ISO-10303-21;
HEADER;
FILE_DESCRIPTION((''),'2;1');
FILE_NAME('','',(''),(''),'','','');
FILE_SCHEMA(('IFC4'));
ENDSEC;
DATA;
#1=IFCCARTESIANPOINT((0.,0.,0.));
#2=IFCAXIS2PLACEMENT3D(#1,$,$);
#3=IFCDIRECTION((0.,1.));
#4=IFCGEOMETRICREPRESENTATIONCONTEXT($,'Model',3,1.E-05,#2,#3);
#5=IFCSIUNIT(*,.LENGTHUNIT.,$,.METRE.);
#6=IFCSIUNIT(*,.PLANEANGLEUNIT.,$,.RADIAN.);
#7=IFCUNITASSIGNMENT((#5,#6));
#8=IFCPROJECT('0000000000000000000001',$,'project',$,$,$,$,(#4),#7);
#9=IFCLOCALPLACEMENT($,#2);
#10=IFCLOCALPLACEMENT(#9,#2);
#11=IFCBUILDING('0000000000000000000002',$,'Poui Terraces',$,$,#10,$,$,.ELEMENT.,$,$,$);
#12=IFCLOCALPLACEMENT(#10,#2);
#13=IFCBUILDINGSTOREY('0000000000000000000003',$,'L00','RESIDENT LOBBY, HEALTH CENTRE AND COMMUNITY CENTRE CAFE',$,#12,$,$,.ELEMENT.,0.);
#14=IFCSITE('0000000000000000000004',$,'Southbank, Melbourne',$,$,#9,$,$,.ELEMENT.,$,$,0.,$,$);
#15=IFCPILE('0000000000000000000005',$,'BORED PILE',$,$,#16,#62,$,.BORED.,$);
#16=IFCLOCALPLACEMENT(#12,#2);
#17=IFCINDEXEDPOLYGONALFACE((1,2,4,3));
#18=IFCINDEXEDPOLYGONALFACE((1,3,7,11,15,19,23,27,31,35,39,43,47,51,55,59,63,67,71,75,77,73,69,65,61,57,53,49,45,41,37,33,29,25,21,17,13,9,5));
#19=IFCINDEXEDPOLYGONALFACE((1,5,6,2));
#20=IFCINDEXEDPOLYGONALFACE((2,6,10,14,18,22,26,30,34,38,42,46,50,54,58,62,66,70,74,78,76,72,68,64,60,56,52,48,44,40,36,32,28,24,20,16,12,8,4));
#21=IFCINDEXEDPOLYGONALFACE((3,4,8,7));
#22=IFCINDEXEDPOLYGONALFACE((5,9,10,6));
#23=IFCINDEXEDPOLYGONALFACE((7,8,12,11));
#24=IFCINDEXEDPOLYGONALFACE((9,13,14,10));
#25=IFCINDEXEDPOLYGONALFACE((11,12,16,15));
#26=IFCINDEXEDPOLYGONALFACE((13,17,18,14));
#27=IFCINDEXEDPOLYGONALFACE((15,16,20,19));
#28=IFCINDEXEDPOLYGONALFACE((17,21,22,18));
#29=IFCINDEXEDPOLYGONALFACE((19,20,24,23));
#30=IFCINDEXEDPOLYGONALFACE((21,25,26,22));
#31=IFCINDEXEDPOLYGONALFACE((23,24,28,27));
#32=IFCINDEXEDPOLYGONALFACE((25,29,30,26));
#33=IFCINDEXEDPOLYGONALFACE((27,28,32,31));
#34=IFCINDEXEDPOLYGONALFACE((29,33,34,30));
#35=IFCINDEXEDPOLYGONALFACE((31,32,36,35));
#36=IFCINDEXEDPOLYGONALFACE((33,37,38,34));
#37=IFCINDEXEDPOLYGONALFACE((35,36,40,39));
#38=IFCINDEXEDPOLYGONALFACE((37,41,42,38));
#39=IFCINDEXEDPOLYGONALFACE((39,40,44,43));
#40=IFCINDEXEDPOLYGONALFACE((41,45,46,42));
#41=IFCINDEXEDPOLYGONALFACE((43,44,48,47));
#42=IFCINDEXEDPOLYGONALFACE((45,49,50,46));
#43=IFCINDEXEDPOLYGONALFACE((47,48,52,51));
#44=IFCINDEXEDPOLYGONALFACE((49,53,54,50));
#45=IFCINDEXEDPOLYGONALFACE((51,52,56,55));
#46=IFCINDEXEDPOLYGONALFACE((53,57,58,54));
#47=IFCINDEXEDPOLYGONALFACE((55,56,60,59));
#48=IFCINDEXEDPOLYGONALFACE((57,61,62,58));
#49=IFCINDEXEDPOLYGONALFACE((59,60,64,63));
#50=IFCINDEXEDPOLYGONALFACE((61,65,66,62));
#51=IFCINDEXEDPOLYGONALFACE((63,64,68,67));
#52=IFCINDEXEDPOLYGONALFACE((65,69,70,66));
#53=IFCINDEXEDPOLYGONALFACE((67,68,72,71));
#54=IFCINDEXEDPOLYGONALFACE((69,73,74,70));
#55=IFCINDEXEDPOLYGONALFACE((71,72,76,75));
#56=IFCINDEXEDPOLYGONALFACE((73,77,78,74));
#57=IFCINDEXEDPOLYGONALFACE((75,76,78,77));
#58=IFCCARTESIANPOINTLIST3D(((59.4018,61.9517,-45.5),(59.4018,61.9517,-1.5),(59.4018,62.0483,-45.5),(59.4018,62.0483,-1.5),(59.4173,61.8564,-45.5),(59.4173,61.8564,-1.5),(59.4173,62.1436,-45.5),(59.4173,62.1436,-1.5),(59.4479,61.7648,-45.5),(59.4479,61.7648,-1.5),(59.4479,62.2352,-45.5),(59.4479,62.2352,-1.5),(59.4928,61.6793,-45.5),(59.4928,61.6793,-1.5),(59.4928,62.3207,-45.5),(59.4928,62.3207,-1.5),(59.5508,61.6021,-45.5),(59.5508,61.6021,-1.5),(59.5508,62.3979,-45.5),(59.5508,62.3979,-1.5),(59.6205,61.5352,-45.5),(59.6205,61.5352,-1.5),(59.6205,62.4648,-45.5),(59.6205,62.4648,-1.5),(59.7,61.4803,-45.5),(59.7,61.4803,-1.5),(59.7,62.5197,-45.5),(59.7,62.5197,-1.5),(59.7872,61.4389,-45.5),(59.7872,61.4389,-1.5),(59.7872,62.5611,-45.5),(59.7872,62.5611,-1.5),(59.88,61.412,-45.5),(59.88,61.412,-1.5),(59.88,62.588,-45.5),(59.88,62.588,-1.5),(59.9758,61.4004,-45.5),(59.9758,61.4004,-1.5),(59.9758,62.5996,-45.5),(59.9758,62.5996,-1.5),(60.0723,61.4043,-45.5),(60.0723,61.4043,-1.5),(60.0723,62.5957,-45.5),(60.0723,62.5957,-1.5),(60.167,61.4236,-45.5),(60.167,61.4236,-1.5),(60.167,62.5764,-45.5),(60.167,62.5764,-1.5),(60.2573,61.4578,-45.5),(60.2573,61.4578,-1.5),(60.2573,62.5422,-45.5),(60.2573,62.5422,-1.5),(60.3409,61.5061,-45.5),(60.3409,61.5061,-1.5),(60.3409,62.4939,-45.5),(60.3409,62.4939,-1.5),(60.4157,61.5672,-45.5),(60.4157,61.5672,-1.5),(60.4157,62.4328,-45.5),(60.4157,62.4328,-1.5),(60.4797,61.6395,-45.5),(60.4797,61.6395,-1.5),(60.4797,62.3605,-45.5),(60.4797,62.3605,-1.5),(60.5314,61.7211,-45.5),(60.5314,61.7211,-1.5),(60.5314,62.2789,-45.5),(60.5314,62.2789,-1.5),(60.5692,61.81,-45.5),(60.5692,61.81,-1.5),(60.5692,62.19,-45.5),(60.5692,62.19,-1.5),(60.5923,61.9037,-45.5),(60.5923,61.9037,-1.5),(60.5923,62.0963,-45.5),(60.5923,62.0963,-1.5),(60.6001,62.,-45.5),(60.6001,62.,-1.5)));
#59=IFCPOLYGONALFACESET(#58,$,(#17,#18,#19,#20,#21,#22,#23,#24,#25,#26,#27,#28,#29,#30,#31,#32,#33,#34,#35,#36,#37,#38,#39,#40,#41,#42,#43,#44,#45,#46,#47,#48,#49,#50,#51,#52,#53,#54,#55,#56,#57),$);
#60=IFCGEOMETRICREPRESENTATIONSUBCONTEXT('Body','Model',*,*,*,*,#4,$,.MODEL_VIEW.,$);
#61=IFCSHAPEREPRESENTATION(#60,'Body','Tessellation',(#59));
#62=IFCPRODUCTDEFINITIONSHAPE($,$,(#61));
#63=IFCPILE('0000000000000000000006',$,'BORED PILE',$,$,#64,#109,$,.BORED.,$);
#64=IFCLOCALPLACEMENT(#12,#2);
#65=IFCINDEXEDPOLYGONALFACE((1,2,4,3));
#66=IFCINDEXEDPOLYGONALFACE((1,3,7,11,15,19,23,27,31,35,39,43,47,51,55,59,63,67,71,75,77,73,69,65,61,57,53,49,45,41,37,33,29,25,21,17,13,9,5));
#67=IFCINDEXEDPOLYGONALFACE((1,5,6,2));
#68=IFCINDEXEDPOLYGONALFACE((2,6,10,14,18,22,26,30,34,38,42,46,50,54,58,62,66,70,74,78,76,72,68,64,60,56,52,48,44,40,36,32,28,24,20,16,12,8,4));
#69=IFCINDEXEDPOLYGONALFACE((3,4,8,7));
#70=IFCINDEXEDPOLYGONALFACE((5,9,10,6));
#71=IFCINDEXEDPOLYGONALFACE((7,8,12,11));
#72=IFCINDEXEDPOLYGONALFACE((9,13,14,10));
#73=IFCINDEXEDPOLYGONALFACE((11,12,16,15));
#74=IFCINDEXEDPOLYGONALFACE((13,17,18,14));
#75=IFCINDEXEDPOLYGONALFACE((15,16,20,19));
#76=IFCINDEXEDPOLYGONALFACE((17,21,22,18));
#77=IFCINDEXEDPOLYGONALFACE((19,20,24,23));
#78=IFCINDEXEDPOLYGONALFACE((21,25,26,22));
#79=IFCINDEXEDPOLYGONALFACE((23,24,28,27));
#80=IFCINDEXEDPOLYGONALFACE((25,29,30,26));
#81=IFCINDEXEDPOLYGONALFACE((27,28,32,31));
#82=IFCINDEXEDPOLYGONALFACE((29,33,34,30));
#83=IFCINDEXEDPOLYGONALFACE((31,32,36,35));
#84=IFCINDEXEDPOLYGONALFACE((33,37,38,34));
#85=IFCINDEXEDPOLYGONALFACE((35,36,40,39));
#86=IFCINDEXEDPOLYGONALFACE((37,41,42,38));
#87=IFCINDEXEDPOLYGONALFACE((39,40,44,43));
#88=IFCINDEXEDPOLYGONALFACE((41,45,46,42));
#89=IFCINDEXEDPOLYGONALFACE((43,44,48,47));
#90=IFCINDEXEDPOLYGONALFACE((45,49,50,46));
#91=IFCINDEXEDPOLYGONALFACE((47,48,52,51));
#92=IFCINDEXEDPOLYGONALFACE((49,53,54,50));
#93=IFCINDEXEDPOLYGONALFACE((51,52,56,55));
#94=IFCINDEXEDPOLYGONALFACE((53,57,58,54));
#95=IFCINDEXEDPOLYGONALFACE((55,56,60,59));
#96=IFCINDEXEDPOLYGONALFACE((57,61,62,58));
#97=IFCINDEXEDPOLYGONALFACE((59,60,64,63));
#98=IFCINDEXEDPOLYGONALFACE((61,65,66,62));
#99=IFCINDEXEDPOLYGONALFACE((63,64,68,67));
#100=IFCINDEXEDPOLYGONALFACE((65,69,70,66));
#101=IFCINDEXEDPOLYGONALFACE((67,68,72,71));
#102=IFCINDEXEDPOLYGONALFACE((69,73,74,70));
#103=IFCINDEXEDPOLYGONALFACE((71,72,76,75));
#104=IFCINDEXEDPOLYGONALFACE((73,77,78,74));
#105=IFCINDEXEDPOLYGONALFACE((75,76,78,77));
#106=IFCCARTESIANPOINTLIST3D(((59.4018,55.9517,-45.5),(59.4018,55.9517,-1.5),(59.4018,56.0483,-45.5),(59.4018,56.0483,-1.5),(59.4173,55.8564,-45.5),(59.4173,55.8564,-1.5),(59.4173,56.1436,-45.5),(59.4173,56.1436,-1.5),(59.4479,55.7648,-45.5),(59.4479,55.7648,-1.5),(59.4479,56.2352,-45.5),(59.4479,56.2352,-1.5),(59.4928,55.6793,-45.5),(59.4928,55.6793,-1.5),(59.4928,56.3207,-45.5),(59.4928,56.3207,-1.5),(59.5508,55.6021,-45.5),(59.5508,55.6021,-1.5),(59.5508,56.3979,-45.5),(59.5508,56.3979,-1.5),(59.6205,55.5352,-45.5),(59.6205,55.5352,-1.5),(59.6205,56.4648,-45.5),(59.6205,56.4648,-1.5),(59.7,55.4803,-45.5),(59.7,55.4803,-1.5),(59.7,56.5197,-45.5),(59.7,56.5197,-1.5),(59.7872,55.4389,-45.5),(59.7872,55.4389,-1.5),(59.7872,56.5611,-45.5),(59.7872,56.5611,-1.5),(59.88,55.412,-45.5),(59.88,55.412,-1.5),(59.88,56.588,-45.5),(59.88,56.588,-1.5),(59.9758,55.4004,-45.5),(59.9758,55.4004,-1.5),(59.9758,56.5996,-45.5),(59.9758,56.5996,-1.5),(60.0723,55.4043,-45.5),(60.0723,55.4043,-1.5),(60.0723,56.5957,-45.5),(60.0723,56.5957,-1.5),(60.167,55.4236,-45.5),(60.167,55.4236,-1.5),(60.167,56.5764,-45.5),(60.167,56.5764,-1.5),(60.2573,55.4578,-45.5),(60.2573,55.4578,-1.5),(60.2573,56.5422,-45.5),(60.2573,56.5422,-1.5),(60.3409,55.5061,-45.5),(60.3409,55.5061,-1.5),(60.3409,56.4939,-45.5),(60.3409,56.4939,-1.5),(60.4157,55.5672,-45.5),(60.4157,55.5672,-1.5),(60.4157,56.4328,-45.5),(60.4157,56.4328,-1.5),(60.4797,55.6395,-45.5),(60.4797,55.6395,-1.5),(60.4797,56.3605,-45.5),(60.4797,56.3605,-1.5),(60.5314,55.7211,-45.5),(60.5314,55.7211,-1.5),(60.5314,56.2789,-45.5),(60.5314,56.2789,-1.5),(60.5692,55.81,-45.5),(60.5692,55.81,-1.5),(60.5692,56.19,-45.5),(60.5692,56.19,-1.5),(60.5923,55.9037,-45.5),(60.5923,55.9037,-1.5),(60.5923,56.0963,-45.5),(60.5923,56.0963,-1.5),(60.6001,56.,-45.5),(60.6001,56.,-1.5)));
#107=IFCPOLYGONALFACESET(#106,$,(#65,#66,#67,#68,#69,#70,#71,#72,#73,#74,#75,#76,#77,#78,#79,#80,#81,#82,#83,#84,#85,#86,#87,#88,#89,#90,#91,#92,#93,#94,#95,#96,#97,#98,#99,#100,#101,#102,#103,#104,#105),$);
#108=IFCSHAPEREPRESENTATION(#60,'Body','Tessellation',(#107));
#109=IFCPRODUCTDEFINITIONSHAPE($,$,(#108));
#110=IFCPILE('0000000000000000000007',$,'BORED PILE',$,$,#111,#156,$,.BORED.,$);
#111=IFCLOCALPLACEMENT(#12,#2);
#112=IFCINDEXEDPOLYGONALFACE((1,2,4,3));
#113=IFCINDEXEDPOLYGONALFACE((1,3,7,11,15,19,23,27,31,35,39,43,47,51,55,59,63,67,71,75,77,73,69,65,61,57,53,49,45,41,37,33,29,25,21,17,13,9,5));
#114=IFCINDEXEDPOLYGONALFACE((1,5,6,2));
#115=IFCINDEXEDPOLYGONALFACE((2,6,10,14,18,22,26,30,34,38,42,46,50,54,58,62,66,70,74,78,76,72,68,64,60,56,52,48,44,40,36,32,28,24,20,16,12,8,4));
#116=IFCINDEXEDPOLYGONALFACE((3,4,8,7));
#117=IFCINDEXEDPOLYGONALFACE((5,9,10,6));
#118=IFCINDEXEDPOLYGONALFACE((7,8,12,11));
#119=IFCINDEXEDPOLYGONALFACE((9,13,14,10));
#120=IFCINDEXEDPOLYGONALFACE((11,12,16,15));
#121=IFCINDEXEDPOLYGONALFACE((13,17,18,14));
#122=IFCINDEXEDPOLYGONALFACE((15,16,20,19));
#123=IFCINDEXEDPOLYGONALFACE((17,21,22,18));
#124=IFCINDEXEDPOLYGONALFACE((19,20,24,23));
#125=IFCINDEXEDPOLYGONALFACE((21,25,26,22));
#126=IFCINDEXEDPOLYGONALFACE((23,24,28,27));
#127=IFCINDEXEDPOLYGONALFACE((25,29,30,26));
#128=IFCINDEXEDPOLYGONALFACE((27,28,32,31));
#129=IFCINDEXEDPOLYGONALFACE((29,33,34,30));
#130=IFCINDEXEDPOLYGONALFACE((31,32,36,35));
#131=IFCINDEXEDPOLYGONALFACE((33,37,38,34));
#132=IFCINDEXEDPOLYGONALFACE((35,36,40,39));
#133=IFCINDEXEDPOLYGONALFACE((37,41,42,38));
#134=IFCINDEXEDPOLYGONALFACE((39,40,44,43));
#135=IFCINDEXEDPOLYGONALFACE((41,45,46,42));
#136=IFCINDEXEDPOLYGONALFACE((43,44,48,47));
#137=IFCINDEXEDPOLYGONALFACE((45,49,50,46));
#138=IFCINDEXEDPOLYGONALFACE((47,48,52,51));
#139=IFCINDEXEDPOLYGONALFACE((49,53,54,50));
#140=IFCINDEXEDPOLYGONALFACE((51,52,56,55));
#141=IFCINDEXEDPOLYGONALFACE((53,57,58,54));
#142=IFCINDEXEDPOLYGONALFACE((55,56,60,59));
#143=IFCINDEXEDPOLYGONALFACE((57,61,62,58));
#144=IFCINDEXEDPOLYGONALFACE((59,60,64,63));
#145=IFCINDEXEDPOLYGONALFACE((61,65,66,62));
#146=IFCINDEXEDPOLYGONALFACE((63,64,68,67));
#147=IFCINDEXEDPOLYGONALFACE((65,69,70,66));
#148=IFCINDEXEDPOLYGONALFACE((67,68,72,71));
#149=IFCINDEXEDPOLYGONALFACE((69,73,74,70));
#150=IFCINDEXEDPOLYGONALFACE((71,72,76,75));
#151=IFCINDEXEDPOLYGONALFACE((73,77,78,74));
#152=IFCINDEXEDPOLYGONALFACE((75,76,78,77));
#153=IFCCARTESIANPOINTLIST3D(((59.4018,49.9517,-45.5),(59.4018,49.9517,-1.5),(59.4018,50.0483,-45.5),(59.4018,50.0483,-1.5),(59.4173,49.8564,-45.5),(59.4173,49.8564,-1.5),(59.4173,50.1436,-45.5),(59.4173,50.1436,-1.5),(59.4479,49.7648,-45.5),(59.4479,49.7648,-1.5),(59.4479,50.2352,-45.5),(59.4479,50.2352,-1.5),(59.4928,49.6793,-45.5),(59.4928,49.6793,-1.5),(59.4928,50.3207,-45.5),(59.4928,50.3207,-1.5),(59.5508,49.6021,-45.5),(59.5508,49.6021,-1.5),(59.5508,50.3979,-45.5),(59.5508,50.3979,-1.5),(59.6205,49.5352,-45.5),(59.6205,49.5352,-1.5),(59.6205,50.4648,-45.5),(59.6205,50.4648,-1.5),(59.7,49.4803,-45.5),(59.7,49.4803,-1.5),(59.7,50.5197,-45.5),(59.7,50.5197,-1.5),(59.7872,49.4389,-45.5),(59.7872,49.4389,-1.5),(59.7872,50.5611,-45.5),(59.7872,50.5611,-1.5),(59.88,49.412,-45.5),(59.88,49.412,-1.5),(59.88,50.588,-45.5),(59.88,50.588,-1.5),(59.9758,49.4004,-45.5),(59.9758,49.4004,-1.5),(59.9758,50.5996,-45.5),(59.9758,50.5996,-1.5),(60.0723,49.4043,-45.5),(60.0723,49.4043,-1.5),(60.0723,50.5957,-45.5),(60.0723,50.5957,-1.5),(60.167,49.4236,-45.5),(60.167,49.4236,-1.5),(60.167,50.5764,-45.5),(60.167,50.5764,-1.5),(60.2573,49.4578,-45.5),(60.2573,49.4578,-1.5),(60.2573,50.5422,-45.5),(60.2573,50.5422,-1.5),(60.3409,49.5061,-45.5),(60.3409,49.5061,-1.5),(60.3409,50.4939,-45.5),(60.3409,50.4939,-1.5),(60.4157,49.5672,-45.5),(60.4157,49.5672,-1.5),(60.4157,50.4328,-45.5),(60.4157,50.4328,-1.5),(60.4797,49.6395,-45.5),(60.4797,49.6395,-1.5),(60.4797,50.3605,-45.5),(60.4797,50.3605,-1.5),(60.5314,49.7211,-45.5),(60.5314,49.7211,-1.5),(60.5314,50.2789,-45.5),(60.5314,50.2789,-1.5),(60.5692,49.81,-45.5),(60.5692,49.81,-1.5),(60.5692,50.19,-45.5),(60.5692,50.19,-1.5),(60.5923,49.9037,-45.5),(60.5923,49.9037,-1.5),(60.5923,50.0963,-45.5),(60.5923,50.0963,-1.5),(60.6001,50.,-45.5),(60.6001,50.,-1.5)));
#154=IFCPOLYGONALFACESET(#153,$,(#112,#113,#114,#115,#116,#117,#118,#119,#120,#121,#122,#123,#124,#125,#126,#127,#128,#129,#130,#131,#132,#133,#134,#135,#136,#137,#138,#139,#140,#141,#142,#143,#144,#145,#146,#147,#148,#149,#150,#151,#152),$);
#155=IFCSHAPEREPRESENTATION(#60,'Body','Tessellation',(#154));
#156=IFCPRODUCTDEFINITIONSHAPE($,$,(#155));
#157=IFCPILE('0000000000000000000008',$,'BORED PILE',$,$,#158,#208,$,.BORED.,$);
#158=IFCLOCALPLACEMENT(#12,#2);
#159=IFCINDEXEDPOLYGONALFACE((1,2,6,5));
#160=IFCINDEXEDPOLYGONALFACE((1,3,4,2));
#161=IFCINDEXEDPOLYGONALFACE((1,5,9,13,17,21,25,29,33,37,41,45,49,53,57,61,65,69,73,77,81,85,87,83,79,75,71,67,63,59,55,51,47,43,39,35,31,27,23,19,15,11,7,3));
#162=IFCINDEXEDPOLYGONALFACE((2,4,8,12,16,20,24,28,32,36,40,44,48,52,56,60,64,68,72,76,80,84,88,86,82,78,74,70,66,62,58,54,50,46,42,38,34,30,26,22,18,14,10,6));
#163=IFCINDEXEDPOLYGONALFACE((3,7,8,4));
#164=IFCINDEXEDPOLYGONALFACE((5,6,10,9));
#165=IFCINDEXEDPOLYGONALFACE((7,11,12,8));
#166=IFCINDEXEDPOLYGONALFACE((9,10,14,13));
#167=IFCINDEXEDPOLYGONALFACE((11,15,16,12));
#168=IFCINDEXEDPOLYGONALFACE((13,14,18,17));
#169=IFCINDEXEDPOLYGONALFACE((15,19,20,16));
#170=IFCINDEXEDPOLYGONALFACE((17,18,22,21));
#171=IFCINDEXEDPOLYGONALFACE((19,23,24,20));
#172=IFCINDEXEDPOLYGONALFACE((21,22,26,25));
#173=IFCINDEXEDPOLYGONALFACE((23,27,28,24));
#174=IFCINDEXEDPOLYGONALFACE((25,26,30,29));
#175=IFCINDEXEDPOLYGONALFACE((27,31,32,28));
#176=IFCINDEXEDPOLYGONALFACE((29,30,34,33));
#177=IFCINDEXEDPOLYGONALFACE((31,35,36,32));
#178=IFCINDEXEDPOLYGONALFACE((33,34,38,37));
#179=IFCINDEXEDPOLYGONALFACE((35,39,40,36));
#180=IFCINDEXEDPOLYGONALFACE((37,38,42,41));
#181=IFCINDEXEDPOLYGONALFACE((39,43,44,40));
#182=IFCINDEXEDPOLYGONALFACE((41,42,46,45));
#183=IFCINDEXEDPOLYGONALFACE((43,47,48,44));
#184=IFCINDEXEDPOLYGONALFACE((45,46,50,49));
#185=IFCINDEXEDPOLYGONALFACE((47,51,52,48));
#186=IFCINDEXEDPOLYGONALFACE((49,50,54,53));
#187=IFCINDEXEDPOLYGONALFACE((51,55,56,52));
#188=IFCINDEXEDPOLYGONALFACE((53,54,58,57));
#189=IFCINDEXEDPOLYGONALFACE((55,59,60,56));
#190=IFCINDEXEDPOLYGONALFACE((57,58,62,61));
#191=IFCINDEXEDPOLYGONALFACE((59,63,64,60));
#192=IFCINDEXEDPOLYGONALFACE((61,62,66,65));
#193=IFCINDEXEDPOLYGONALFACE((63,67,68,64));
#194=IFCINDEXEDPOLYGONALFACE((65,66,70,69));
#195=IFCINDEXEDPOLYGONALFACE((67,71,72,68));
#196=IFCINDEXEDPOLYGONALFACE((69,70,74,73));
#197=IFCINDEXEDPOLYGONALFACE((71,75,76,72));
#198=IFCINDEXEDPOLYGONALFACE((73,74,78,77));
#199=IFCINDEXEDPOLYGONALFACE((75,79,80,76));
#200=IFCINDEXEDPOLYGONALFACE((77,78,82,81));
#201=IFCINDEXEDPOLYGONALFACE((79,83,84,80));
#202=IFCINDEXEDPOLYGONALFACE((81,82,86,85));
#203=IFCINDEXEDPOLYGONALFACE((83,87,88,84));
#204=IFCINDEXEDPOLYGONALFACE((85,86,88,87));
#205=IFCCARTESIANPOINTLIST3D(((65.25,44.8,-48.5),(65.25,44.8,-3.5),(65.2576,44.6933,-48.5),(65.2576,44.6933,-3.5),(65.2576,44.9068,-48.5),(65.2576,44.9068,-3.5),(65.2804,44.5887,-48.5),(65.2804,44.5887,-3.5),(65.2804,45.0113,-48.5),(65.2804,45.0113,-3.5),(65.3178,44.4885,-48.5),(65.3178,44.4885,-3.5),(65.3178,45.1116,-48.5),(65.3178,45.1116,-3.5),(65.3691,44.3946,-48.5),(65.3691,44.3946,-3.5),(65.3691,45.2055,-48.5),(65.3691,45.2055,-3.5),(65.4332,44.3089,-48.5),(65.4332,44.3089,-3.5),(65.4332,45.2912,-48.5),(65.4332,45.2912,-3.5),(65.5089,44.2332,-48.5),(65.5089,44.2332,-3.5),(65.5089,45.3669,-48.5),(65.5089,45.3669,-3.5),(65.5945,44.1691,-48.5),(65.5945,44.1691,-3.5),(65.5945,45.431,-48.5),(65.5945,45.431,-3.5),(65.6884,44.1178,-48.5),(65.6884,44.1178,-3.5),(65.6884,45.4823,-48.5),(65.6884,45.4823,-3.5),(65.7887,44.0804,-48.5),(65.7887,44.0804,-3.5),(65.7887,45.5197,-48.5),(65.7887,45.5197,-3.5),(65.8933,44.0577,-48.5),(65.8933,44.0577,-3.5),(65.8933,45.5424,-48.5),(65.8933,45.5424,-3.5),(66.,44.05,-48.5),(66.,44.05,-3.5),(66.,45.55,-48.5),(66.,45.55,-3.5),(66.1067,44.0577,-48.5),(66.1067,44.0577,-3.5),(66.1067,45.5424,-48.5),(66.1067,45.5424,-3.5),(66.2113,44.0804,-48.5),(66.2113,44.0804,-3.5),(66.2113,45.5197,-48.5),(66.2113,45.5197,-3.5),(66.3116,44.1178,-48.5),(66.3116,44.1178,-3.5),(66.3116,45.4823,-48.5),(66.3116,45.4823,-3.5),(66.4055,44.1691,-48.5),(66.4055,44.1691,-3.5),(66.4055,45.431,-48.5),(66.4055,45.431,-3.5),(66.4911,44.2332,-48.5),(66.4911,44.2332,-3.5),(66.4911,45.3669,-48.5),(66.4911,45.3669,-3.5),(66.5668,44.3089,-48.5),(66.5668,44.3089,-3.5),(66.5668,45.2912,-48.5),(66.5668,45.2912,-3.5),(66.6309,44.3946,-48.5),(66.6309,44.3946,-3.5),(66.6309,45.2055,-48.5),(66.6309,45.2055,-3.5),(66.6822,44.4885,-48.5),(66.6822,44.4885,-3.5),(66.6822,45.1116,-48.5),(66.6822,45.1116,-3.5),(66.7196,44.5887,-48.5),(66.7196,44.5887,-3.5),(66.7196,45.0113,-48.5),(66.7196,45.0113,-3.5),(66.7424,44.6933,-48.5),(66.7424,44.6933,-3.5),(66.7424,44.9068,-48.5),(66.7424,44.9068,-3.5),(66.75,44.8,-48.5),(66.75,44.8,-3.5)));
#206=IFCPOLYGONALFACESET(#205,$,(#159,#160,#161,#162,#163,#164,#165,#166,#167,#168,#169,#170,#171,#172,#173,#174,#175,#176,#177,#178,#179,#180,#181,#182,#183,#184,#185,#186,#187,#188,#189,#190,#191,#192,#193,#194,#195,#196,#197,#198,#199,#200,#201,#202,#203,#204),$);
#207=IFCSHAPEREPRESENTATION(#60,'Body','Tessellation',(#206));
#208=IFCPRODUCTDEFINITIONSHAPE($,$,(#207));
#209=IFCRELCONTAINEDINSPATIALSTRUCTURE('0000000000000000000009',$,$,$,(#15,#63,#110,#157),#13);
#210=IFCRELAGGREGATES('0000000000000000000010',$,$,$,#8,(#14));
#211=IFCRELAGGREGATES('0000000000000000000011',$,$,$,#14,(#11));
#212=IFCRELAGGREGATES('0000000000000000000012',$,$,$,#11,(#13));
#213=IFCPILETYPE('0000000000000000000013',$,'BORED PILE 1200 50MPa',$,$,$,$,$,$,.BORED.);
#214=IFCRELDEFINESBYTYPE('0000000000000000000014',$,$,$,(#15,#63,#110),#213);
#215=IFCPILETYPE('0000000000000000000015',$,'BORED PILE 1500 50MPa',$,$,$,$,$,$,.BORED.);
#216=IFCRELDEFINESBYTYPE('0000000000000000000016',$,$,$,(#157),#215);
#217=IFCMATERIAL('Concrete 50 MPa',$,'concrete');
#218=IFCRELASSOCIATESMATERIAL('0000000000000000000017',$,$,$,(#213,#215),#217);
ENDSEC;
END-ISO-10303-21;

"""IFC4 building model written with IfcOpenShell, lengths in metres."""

from ifc_helpers import new_model, si_unit, direction, frame, origin, origin_2d, place, context, subcontext, project, spatial, circle, extrude, material, material_profile, profile_set, type_object, element, save


model = new_model("IFC4")

# Units and contexts
model_context = context("Model", 3, precision=1e-05, world=origin(), true_north=direction((0.0, 1.0)))
body_context = subcontext(model_context, "Body", "Model", "MODEL_VIEW")
ifc_project = project(units=[si_unit("LENGTHUNIT", "METRE"), si_unit("PLANEANGLEUNIT", "RADIAN")], contexts=[model_context])

# Site, building, storey
site_placement = place(None, origin())
site = spatial("IfcSite", under=ifc_project, at=site_placement, Name="Southbank, Melbourne", CompositionType="ELEMENT", RefElevation=0.0)
building_placement = place(site_placement, origin())
building = spatial("IfcBuilding", under=site, at=building_placement, Name="Poui Terraces", CompositionType="ELEMENT")
storey_placement = place(building_placement, origin())
storey = spatial("IfcBuildingStorey", under=building, at=storey_placement, Name="L00", Description="RESIDENT LOBBY, HEALTH CENTRE AND COMMUNITY CENTRE CAFE", CompositionType="ELEMENT", Elevation=0.0)

# Piles
ifc_material_1 = material(Name="Concrete 50 MPa", Category="concrete")
ifc_material_profile_1 = material_profile(ifc_material_1, circle(Radius=0.6001, at=origin_2d()), Name="RC D1200")
ifc_profile_set_1 = profile_set([ifc_material_profile_1], Name="Concrete 50 MPa")
pile_type_1 = type_object("IfcPileType", Name="BORED PILE 1200 50MPa", PredefinedType="BORED", material=ifc_profile_set_1)
for number, where, z_axis, x_axis, name in (
    (1, (60.0, 62.0, -1.5), (0.0, 0.0, -1.0), (1.0, 0.0, 0.0), "BORED PILE"),
    (2, (60.0, 56.0, -1.5), (0.0, 0.0, -1.0), (1.0, 0.0, 0.0), "BORED PILE"),
    (3, (60.0, 50.0, -1.5), (0.0, 0.0, -1.0), (1.0, 0.0, 0.0), "BORED PILE"),
):
    element("IfcPile", number, at=place(storey_placement, frame(where, z_axis=z_axis, x_axis=x_axis)), inside=storey, type_object=pile_type_1, Name=name, PredefinedType="BORED", context=body_context, shape_type="SweptSolid", body=[
        extrude(circle(Radius=0.6001, at=origin_2d()), origin(), (0.0, 0.0, 1.0), 44.0),
    ])
ifc_material_profile_2 = material_profile(ifc_material_1, circle(Radius=0.75, at=origin_2d()), Name="RC D1500")
ifc_profile_set_2 = profile_set([ifc_material_profile_2], Name="Concrete 50 MPa")
pile_type_2 = type_object("IfcPileType", Name="BORED PILE 1500 50MPa", PredefinedType="BORED", material=ifc_profile_set_2)
pile_placement = place(storey_placement, frame((66.0, 44.8, -3.5), z_axis=(0.0, 0.0, -1.0), x_axis=(1.0, 0.0, 0.0)))
element("IfcPile", 4, at=pile_placement, inside=storey, type_object=pile_type_2, Name="BORED PILE", PredefinedType="BORED", context=body_context, shape_type="SweptSolid", body=[
    extrude(circle(Radius=0.75, at=origin_2d()), origin(), (0.0, 0.0, 1.0), 45.0),
])

save(model, "model.ifc")
